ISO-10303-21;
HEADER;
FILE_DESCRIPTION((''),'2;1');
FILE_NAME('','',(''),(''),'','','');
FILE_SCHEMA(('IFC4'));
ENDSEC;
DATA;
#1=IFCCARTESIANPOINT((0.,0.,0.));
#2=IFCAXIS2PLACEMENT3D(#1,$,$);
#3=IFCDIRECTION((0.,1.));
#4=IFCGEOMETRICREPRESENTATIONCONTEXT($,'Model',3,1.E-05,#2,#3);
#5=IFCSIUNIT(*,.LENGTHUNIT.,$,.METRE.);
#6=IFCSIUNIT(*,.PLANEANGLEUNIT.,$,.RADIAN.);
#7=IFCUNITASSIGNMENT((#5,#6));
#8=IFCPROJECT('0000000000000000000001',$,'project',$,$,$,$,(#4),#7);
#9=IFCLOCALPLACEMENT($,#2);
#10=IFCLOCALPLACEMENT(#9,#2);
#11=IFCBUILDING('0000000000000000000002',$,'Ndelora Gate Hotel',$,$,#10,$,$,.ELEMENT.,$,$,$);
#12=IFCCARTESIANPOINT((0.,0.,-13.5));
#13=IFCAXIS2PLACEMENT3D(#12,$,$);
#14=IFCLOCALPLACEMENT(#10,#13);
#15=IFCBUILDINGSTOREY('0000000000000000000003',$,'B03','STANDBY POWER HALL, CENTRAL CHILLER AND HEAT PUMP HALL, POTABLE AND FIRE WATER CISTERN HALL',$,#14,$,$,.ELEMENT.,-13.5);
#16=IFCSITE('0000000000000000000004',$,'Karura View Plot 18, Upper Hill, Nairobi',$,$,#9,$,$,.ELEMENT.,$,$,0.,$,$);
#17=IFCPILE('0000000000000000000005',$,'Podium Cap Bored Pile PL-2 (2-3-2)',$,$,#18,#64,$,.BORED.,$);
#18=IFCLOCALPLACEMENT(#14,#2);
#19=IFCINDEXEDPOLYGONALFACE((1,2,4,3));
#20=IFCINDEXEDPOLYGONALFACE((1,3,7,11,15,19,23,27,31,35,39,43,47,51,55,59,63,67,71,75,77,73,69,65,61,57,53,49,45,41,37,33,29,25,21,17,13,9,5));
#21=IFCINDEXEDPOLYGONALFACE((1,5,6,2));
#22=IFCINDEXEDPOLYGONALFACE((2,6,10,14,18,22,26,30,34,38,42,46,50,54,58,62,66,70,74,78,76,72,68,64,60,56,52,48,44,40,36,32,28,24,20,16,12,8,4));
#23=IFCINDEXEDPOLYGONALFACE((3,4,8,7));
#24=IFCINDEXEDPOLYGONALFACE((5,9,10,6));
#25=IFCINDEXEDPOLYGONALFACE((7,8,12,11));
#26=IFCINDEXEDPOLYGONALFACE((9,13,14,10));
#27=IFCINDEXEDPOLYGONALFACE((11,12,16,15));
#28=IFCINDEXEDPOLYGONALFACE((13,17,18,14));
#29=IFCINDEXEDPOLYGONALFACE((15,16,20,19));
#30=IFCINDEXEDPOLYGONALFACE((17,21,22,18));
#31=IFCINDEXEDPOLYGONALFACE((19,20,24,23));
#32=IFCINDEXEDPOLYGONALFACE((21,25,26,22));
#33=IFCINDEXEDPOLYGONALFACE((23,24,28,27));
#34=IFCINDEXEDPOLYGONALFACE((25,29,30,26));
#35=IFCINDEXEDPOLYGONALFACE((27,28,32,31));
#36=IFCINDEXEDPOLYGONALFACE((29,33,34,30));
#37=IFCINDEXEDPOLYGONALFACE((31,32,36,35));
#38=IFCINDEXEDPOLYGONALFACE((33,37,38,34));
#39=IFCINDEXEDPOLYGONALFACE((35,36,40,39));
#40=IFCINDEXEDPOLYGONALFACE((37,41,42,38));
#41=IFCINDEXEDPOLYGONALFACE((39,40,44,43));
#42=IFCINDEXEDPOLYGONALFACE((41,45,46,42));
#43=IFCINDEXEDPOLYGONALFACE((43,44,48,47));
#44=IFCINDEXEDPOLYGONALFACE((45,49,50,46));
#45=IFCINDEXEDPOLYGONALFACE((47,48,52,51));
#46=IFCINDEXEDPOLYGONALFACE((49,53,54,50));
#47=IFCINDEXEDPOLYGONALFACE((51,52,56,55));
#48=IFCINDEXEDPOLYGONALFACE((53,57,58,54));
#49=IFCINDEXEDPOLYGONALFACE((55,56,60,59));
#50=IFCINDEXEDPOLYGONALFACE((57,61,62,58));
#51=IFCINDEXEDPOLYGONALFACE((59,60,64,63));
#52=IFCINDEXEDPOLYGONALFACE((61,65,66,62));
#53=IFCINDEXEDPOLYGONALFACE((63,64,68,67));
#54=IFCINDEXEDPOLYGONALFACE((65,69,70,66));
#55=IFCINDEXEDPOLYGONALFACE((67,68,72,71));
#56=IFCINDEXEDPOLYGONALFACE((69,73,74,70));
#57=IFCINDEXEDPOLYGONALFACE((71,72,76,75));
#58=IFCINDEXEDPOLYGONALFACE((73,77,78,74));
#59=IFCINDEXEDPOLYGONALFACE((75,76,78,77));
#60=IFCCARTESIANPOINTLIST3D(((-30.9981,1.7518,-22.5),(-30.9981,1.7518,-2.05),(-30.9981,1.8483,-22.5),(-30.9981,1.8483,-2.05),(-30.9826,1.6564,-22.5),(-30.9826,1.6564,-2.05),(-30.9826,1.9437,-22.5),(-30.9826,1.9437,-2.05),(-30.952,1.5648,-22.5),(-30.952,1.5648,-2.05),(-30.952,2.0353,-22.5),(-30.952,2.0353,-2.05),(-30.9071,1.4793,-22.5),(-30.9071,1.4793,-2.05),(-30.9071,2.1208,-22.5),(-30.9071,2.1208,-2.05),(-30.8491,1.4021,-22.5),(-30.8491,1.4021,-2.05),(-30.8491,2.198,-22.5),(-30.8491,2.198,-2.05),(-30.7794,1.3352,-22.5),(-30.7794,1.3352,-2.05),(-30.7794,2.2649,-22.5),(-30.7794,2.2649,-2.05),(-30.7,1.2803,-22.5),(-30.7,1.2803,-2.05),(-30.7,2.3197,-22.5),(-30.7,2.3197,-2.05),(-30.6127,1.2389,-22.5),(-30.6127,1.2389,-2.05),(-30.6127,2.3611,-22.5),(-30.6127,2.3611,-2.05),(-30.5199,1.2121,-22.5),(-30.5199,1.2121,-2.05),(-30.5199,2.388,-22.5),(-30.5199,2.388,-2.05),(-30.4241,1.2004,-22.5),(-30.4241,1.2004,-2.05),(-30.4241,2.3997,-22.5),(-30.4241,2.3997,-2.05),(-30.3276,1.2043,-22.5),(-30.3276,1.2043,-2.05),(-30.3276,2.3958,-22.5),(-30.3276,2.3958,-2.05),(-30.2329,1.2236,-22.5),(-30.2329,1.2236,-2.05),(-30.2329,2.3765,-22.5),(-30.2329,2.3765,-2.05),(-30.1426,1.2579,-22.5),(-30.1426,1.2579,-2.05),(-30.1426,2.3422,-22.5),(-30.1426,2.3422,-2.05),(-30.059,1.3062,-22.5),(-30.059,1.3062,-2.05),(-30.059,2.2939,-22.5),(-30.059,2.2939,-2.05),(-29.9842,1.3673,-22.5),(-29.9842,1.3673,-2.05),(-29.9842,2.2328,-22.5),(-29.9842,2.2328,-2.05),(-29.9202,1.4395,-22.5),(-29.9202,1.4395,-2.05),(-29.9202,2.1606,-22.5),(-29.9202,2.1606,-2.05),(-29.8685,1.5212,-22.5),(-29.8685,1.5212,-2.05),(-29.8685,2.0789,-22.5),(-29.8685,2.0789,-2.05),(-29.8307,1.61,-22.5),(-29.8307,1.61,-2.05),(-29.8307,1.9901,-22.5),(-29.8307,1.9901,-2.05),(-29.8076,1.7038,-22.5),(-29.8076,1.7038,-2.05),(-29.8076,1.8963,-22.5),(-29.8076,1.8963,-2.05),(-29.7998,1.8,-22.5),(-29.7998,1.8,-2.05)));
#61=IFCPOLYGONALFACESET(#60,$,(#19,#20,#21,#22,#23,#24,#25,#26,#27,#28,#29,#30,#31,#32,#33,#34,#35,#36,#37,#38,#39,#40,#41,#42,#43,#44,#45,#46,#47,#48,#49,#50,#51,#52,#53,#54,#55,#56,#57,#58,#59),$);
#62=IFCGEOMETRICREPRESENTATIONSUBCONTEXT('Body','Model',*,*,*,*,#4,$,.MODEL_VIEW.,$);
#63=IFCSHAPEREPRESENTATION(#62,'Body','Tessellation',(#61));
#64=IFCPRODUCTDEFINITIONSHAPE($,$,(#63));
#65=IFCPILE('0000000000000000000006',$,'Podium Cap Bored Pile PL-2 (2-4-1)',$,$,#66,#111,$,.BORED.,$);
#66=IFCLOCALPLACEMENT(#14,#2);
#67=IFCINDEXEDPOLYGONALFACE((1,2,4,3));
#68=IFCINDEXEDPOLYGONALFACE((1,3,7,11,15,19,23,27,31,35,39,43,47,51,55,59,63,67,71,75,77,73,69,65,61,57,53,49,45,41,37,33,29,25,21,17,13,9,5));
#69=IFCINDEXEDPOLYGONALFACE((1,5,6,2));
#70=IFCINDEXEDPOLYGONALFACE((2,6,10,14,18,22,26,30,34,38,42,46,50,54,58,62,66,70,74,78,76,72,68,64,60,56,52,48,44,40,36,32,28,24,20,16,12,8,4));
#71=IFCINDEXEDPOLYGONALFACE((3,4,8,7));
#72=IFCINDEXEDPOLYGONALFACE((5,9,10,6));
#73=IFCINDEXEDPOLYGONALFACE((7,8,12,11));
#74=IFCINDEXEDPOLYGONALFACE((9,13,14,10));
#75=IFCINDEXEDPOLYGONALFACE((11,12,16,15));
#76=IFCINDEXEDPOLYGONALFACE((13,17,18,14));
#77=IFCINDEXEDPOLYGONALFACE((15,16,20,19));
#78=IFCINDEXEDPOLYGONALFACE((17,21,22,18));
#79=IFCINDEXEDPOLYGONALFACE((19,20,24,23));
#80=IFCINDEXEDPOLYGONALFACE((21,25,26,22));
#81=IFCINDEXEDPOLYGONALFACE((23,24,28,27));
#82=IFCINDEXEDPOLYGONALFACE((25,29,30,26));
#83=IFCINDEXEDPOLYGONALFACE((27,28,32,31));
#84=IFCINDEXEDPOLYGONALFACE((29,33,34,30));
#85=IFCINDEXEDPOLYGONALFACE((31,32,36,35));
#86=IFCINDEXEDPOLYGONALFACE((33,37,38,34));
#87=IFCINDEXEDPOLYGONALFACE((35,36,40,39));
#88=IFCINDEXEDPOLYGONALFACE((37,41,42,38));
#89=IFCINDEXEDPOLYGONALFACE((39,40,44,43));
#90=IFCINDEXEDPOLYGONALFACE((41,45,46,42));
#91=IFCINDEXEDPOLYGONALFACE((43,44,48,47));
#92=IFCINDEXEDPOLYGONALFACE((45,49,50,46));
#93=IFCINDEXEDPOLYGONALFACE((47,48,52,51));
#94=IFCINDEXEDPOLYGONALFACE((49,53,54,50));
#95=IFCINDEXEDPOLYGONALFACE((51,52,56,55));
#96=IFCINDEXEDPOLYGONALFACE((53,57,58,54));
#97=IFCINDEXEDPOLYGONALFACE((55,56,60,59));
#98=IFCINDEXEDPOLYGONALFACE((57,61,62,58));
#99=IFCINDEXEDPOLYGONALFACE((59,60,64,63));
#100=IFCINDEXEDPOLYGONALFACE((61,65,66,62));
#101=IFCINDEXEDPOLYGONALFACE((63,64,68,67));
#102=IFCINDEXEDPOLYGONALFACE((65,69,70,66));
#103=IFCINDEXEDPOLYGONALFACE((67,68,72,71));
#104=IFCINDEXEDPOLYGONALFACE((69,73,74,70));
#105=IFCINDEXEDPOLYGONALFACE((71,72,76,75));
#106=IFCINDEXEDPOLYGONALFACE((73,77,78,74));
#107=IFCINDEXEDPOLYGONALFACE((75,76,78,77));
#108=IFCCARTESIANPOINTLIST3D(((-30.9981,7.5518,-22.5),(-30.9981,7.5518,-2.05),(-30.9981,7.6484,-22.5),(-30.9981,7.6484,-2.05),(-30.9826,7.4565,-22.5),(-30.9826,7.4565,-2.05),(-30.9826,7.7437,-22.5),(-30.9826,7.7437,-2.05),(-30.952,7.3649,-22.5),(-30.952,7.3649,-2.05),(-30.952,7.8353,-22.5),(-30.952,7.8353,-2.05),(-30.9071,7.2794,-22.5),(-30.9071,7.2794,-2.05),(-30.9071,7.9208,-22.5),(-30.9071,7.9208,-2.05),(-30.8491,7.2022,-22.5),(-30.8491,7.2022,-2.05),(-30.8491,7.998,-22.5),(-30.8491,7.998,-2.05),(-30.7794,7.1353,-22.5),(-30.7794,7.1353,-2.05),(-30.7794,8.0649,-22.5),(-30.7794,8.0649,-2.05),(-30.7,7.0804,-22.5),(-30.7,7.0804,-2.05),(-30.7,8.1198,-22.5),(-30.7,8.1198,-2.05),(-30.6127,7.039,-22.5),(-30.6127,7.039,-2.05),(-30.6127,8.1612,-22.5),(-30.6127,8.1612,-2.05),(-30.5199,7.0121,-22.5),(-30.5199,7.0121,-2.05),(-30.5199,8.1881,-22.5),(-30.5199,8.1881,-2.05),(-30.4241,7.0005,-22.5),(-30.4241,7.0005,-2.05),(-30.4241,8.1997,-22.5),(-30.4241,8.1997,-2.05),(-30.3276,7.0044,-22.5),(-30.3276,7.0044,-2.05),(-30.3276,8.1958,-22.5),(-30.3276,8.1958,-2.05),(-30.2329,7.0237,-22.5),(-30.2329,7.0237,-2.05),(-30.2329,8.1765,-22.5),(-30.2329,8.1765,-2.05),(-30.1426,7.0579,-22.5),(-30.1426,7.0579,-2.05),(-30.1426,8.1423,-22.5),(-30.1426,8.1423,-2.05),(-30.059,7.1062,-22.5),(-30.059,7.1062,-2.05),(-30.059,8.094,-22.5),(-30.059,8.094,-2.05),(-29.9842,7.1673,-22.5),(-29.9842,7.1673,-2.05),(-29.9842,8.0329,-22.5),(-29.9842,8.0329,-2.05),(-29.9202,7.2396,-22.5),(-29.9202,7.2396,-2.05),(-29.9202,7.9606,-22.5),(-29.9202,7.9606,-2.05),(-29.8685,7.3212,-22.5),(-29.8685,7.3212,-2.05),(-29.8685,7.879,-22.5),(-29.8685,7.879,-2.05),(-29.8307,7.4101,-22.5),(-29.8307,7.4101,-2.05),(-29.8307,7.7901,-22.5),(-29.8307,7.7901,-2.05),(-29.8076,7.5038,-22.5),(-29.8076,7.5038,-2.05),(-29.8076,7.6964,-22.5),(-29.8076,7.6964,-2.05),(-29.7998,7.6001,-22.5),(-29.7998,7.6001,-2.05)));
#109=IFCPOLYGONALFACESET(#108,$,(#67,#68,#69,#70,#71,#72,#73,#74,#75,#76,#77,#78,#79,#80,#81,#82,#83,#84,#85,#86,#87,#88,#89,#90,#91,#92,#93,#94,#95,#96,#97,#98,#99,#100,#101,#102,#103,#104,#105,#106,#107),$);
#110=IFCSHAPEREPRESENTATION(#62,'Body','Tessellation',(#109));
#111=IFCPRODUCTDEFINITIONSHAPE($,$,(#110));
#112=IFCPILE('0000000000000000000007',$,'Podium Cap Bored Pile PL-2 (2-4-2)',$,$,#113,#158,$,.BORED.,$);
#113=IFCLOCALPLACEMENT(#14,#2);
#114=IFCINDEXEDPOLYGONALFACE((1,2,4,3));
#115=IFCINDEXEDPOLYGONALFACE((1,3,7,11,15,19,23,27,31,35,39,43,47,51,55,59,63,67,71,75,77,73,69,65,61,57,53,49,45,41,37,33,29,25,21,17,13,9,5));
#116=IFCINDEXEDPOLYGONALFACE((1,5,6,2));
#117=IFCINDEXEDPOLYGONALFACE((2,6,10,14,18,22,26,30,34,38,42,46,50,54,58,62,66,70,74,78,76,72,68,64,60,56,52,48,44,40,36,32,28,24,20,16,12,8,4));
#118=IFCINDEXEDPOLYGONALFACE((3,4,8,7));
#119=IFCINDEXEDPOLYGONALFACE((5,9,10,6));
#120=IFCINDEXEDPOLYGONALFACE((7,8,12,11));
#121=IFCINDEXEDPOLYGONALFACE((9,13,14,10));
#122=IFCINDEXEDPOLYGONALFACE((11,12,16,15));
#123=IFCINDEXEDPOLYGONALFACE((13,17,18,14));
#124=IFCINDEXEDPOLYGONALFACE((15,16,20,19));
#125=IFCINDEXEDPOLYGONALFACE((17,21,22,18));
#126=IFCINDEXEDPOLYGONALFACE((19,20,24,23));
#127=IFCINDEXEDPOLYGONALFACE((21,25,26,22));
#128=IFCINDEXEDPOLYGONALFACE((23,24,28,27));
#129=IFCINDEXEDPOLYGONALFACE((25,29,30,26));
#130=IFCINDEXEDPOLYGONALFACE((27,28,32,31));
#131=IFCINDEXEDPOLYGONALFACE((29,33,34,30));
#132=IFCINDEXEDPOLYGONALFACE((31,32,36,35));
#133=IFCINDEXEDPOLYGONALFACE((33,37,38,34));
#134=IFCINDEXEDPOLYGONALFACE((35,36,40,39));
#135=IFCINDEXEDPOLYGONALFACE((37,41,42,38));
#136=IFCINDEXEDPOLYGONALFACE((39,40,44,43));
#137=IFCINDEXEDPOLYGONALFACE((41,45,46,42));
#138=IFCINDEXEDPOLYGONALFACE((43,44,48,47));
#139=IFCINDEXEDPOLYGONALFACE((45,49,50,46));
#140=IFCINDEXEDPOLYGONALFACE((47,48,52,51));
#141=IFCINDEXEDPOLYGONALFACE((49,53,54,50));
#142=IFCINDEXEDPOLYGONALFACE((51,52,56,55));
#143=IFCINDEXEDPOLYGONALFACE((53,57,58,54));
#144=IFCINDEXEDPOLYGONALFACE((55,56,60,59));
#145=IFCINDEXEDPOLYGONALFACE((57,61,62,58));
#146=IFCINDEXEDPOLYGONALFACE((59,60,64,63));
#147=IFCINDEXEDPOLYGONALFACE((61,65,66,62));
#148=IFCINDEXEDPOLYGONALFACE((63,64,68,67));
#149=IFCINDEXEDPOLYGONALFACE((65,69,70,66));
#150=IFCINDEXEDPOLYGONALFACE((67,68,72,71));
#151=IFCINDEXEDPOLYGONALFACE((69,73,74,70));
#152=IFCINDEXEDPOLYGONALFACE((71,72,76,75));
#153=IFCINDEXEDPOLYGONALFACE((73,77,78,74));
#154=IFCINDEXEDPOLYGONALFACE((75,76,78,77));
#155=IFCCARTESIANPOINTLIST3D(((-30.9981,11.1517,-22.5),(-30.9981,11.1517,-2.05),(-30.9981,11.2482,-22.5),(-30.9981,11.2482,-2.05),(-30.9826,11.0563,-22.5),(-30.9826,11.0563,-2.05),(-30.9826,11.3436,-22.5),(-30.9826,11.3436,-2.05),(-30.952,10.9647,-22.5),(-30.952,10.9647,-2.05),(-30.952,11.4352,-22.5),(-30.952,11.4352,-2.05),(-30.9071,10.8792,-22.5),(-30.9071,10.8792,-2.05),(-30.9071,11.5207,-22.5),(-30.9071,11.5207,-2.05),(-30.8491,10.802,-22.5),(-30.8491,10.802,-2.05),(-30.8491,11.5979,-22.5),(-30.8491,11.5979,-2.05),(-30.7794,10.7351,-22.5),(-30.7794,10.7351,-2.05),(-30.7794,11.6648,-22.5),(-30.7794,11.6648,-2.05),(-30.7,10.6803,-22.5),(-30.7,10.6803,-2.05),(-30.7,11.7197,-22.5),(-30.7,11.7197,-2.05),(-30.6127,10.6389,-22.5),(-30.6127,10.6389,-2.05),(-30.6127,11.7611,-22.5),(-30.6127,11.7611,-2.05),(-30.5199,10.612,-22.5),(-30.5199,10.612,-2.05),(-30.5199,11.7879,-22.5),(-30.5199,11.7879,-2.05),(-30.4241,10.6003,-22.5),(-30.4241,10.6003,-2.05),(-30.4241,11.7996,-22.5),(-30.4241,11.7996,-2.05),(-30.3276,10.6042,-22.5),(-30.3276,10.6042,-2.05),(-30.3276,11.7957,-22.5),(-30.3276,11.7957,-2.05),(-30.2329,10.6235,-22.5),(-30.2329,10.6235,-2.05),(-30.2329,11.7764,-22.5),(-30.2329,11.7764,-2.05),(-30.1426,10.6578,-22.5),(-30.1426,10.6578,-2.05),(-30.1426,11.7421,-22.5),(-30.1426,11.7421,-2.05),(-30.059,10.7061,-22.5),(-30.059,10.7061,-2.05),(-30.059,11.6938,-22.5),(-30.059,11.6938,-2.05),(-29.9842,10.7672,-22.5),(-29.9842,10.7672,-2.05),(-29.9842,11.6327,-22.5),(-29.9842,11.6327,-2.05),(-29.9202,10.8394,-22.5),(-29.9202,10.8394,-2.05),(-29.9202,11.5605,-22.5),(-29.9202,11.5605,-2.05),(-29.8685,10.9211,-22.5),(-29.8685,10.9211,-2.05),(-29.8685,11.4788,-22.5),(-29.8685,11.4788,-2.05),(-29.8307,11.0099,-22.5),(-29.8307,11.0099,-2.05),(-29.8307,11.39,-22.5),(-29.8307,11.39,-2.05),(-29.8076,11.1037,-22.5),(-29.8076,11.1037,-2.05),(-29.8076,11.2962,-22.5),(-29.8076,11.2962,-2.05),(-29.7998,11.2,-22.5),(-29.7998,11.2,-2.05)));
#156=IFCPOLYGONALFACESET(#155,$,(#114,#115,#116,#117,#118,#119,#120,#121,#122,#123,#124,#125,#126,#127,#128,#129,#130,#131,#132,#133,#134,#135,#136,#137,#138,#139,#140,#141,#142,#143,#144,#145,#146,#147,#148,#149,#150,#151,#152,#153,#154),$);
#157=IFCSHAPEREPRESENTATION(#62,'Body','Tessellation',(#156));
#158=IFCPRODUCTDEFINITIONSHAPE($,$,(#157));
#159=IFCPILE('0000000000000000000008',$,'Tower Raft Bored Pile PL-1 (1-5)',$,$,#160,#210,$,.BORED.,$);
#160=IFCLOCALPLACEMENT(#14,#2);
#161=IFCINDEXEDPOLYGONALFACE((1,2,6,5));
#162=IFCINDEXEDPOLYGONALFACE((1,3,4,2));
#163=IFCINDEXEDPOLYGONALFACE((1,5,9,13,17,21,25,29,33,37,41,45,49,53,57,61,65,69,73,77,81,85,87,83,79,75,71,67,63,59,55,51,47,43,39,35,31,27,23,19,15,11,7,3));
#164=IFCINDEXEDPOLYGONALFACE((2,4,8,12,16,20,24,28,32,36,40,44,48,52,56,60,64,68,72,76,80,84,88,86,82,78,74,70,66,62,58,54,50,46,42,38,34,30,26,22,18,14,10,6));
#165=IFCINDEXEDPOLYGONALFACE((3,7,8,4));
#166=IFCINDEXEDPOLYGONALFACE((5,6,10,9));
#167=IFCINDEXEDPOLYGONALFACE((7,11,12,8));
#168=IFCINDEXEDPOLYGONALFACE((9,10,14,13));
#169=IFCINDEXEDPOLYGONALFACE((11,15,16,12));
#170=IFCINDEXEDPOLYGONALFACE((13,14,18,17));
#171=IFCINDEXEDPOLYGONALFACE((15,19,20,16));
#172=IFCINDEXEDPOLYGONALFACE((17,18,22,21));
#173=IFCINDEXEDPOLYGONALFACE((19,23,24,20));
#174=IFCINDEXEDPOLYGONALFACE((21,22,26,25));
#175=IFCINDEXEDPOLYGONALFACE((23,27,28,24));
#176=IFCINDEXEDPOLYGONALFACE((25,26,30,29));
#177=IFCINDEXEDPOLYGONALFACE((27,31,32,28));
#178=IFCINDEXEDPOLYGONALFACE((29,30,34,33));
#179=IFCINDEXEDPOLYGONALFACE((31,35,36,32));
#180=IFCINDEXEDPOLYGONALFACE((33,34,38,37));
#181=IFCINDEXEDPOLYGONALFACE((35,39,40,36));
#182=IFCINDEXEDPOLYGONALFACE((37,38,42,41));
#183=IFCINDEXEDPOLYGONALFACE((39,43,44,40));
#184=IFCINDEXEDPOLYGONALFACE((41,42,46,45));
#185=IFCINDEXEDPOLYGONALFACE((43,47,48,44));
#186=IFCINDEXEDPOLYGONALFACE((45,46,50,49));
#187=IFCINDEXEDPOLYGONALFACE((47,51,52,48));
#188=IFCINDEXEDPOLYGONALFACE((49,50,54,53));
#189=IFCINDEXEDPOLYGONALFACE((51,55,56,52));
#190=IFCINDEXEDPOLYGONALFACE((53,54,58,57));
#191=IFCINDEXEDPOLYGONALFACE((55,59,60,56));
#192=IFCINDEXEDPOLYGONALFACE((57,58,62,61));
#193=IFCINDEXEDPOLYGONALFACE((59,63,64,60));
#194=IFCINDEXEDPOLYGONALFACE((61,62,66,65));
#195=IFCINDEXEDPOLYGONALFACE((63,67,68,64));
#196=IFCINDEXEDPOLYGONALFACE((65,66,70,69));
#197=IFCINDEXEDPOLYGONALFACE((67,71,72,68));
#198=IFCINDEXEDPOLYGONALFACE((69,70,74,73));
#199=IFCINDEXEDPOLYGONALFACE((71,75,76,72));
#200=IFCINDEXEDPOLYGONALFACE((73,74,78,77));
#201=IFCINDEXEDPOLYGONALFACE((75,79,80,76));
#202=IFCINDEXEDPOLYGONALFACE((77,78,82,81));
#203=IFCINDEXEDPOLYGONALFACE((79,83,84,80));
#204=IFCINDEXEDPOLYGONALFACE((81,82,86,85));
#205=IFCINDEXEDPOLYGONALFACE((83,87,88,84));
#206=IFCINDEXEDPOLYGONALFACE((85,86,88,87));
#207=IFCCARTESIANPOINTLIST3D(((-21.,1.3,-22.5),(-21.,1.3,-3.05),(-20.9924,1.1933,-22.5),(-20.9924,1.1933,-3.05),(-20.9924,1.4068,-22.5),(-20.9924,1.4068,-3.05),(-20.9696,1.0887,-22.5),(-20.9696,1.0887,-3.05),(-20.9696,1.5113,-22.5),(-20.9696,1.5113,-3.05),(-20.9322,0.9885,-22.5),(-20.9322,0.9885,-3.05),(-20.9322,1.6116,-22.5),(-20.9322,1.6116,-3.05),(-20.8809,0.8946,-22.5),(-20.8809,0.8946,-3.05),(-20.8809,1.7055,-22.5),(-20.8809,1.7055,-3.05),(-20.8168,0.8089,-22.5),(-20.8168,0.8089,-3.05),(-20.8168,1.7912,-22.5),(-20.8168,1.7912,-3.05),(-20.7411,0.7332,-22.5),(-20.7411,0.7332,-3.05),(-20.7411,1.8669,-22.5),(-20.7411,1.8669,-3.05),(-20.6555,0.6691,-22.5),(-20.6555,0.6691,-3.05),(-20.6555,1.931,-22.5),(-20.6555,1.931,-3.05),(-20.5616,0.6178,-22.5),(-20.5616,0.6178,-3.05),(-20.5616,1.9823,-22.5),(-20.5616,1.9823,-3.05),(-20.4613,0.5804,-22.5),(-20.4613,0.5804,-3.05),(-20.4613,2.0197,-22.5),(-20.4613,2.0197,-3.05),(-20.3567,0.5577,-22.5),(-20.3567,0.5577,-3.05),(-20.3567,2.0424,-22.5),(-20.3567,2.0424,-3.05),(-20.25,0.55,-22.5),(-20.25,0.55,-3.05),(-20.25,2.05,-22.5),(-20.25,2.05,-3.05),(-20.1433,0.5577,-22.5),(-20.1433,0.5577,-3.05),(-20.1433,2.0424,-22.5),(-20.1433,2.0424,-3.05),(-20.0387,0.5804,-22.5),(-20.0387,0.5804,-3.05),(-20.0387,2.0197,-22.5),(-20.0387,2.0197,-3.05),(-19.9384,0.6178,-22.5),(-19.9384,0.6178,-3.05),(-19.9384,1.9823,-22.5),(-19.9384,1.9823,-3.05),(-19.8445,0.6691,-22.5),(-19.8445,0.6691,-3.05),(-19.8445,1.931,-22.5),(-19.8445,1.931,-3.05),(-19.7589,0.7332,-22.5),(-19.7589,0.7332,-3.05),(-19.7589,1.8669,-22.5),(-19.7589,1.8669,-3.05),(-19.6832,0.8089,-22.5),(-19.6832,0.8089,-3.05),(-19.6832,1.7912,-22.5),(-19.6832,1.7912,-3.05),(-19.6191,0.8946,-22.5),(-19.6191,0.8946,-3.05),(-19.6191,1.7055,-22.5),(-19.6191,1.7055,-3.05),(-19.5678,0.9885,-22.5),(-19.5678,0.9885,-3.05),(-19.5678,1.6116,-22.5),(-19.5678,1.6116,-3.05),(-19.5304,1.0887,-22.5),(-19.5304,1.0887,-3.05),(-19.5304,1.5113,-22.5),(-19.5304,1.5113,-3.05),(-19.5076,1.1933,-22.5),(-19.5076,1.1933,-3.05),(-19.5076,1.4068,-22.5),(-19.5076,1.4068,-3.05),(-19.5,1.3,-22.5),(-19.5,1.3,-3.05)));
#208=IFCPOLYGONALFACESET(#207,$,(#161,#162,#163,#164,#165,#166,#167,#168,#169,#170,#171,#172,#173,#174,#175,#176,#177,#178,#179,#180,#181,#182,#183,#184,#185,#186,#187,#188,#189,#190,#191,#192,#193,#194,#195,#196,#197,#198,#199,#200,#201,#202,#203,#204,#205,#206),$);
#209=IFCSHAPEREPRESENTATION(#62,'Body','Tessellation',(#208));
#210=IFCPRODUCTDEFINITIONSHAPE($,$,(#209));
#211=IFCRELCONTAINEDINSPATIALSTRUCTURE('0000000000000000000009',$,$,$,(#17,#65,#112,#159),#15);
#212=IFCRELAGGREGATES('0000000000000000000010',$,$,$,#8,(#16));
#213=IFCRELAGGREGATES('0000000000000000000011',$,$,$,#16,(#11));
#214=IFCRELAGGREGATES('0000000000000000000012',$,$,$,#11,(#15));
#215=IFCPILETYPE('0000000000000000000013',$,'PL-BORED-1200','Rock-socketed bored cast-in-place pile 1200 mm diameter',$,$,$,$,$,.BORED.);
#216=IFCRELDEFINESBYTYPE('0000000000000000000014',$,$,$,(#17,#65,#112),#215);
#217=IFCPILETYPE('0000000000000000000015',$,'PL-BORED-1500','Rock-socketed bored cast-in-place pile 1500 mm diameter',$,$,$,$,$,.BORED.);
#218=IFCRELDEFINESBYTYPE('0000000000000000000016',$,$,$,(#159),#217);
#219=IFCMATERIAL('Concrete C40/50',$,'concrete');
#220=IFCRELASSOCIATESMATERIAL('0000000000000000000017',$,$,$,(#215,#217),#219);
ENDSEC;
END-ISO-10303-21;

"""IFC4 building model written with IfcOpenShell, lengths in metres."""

from ifc_helpers import new_model, si_unit, direction, frame, origin, origin_2d, place, context, subcontext, project, spatial, circle, extrude, material, material_profile, profile_set, type_object, element, save


model = new_model("IFC4")

# Units and contexts
model_context = context("Model", 3, precision=1e-05, world=origin(), true_north=direction((0.0, 1.0)))
body_context = subcontext(model_context, "Body", "Model", "MODEL_VIEW")
ifc_project = project(units=[si_unit("LENGTHUNIT", "METRE"), si_unit("PLANEANGLEUNIT", "RADIAN")], contexts=[model_context])

# Site, building, storey
site_placement = place(None, origin())
site = spatial("IfcSite", under=ifc_project, at=site_placement, Name="Karura View Plot 18, Upper Hill, Nairobi", CompositionType="ELEMENT", RefElevation=0.0)
building_placement = place(site_placement, origin())
building = spatial("IfcBuilding", under=site, at=building_placement, Name="Ndelora Gate Hotel", CompositionType="ELEMENT")
storey_placement = place(building_placement, frame((0.0, 0.0, -13.5)))
storey = spatial("IfcBuildingStorey", under=building, at=storey_placement, Name="B03", Description="STANDBY POWER HALL, CENTRAL CHILLER AND HEAT PUMP HALL, POTABLE AND FIRE WATER CISTERN HALL", CompositionType="ELEMENT", Elevation=-13.5)

# Shared definitions
ifc_material_1 = material(Name="Concrete C40/50", Category="concrete")

# Piles
ifc_material_profile_1 = material_profile(ifc_material_1, circle(Radius=0.6001, at=origin_2d()), Name="PILE D1200")
ifc_profile_set_1 = profile_set([ifc_material_profile_1], Name="Concrete C40/50")
pile_type_1 = type_object("IfcPileType", Name="PL-BORED-1200", Description="Rock-socketed bored cast-in-place pile 1200 mm diameter", PredefinedType="BORED", material=ifc_profile_set_1)
for number, where, z_axis, x_axis, name in (
    (1, (-30.3999, 1.8, -2.05), (0.0, 0.0, -1.0), (1.0, 0.0, 0.0), "Podium Cap Bored Pile PL-2 (2-3-2)"),
    (2, (-30.3999, 7.6001, -2.05), (0.0, 0.0, -1.0), (1.0, 0.0, 0.0), "Podium Cap Bored Pile PL-2 (2-4-1)"),
    (3, (-30.3999, 11.2, -2.05), (0.0, 0.0, -1.0), (1.0, 0.0, 0.0), "Podium Cap Bored Pile PL-2 (2-4-2)"),
):
    element("IfcPile", number, at=place(storey_placement, frame(where, z_axis=z_axis, x_axis=x_axis)), inside=storey, type_object=pile_type_1, Name=name, PredefinedType="BORED", context=body_context, shape_type="SweptSolid", body=[
        extrude(circle(Radius=0.6001, at=origin_2d()), origin(), (0.0, 0.0, 1.0), 20.45),
    ])
ifc_material_profile_2 = material_profile(ifc_material_1, circle(Radius=0.75, at=origin_2d()), Name="PILE D1500")
ifc_profile_set_2 = profile_set([ifc_material_profile_2], Name="Concrete C40/50")
pile_type_2 = type_object("IfcPileType", Name="PL-BORED-1500", Description="Rock-socketed bored cast-in-place pile 1500 mm diameter", PredefinedType="BORED", material=ifc_profile_set_2)
for number, where, z_axis, x_axis, name in (
    (4, (-20.25, 1.3, -3.05), (0.0, 0.0, -1.0), (1.0, 0.0, 0.0), "Tower Raft Bored Pile PL-1 (1-5)"),
):
    element("IfcPile", number, at=place(storey_placement, frame(where, z_axis=z_axis, x_axis=x_axis)), inside=storey, type_object=pile_type_2, Name=name, PredefinedType="BORED", context=body_context, shape_type="SweptSolid", body=[
        extrude(circle(Radius=0.75, at=origin_2d()), origin(), (0.0, 0.0, 1.0), 19.45),
    ])

save(model, "model.ifc")
